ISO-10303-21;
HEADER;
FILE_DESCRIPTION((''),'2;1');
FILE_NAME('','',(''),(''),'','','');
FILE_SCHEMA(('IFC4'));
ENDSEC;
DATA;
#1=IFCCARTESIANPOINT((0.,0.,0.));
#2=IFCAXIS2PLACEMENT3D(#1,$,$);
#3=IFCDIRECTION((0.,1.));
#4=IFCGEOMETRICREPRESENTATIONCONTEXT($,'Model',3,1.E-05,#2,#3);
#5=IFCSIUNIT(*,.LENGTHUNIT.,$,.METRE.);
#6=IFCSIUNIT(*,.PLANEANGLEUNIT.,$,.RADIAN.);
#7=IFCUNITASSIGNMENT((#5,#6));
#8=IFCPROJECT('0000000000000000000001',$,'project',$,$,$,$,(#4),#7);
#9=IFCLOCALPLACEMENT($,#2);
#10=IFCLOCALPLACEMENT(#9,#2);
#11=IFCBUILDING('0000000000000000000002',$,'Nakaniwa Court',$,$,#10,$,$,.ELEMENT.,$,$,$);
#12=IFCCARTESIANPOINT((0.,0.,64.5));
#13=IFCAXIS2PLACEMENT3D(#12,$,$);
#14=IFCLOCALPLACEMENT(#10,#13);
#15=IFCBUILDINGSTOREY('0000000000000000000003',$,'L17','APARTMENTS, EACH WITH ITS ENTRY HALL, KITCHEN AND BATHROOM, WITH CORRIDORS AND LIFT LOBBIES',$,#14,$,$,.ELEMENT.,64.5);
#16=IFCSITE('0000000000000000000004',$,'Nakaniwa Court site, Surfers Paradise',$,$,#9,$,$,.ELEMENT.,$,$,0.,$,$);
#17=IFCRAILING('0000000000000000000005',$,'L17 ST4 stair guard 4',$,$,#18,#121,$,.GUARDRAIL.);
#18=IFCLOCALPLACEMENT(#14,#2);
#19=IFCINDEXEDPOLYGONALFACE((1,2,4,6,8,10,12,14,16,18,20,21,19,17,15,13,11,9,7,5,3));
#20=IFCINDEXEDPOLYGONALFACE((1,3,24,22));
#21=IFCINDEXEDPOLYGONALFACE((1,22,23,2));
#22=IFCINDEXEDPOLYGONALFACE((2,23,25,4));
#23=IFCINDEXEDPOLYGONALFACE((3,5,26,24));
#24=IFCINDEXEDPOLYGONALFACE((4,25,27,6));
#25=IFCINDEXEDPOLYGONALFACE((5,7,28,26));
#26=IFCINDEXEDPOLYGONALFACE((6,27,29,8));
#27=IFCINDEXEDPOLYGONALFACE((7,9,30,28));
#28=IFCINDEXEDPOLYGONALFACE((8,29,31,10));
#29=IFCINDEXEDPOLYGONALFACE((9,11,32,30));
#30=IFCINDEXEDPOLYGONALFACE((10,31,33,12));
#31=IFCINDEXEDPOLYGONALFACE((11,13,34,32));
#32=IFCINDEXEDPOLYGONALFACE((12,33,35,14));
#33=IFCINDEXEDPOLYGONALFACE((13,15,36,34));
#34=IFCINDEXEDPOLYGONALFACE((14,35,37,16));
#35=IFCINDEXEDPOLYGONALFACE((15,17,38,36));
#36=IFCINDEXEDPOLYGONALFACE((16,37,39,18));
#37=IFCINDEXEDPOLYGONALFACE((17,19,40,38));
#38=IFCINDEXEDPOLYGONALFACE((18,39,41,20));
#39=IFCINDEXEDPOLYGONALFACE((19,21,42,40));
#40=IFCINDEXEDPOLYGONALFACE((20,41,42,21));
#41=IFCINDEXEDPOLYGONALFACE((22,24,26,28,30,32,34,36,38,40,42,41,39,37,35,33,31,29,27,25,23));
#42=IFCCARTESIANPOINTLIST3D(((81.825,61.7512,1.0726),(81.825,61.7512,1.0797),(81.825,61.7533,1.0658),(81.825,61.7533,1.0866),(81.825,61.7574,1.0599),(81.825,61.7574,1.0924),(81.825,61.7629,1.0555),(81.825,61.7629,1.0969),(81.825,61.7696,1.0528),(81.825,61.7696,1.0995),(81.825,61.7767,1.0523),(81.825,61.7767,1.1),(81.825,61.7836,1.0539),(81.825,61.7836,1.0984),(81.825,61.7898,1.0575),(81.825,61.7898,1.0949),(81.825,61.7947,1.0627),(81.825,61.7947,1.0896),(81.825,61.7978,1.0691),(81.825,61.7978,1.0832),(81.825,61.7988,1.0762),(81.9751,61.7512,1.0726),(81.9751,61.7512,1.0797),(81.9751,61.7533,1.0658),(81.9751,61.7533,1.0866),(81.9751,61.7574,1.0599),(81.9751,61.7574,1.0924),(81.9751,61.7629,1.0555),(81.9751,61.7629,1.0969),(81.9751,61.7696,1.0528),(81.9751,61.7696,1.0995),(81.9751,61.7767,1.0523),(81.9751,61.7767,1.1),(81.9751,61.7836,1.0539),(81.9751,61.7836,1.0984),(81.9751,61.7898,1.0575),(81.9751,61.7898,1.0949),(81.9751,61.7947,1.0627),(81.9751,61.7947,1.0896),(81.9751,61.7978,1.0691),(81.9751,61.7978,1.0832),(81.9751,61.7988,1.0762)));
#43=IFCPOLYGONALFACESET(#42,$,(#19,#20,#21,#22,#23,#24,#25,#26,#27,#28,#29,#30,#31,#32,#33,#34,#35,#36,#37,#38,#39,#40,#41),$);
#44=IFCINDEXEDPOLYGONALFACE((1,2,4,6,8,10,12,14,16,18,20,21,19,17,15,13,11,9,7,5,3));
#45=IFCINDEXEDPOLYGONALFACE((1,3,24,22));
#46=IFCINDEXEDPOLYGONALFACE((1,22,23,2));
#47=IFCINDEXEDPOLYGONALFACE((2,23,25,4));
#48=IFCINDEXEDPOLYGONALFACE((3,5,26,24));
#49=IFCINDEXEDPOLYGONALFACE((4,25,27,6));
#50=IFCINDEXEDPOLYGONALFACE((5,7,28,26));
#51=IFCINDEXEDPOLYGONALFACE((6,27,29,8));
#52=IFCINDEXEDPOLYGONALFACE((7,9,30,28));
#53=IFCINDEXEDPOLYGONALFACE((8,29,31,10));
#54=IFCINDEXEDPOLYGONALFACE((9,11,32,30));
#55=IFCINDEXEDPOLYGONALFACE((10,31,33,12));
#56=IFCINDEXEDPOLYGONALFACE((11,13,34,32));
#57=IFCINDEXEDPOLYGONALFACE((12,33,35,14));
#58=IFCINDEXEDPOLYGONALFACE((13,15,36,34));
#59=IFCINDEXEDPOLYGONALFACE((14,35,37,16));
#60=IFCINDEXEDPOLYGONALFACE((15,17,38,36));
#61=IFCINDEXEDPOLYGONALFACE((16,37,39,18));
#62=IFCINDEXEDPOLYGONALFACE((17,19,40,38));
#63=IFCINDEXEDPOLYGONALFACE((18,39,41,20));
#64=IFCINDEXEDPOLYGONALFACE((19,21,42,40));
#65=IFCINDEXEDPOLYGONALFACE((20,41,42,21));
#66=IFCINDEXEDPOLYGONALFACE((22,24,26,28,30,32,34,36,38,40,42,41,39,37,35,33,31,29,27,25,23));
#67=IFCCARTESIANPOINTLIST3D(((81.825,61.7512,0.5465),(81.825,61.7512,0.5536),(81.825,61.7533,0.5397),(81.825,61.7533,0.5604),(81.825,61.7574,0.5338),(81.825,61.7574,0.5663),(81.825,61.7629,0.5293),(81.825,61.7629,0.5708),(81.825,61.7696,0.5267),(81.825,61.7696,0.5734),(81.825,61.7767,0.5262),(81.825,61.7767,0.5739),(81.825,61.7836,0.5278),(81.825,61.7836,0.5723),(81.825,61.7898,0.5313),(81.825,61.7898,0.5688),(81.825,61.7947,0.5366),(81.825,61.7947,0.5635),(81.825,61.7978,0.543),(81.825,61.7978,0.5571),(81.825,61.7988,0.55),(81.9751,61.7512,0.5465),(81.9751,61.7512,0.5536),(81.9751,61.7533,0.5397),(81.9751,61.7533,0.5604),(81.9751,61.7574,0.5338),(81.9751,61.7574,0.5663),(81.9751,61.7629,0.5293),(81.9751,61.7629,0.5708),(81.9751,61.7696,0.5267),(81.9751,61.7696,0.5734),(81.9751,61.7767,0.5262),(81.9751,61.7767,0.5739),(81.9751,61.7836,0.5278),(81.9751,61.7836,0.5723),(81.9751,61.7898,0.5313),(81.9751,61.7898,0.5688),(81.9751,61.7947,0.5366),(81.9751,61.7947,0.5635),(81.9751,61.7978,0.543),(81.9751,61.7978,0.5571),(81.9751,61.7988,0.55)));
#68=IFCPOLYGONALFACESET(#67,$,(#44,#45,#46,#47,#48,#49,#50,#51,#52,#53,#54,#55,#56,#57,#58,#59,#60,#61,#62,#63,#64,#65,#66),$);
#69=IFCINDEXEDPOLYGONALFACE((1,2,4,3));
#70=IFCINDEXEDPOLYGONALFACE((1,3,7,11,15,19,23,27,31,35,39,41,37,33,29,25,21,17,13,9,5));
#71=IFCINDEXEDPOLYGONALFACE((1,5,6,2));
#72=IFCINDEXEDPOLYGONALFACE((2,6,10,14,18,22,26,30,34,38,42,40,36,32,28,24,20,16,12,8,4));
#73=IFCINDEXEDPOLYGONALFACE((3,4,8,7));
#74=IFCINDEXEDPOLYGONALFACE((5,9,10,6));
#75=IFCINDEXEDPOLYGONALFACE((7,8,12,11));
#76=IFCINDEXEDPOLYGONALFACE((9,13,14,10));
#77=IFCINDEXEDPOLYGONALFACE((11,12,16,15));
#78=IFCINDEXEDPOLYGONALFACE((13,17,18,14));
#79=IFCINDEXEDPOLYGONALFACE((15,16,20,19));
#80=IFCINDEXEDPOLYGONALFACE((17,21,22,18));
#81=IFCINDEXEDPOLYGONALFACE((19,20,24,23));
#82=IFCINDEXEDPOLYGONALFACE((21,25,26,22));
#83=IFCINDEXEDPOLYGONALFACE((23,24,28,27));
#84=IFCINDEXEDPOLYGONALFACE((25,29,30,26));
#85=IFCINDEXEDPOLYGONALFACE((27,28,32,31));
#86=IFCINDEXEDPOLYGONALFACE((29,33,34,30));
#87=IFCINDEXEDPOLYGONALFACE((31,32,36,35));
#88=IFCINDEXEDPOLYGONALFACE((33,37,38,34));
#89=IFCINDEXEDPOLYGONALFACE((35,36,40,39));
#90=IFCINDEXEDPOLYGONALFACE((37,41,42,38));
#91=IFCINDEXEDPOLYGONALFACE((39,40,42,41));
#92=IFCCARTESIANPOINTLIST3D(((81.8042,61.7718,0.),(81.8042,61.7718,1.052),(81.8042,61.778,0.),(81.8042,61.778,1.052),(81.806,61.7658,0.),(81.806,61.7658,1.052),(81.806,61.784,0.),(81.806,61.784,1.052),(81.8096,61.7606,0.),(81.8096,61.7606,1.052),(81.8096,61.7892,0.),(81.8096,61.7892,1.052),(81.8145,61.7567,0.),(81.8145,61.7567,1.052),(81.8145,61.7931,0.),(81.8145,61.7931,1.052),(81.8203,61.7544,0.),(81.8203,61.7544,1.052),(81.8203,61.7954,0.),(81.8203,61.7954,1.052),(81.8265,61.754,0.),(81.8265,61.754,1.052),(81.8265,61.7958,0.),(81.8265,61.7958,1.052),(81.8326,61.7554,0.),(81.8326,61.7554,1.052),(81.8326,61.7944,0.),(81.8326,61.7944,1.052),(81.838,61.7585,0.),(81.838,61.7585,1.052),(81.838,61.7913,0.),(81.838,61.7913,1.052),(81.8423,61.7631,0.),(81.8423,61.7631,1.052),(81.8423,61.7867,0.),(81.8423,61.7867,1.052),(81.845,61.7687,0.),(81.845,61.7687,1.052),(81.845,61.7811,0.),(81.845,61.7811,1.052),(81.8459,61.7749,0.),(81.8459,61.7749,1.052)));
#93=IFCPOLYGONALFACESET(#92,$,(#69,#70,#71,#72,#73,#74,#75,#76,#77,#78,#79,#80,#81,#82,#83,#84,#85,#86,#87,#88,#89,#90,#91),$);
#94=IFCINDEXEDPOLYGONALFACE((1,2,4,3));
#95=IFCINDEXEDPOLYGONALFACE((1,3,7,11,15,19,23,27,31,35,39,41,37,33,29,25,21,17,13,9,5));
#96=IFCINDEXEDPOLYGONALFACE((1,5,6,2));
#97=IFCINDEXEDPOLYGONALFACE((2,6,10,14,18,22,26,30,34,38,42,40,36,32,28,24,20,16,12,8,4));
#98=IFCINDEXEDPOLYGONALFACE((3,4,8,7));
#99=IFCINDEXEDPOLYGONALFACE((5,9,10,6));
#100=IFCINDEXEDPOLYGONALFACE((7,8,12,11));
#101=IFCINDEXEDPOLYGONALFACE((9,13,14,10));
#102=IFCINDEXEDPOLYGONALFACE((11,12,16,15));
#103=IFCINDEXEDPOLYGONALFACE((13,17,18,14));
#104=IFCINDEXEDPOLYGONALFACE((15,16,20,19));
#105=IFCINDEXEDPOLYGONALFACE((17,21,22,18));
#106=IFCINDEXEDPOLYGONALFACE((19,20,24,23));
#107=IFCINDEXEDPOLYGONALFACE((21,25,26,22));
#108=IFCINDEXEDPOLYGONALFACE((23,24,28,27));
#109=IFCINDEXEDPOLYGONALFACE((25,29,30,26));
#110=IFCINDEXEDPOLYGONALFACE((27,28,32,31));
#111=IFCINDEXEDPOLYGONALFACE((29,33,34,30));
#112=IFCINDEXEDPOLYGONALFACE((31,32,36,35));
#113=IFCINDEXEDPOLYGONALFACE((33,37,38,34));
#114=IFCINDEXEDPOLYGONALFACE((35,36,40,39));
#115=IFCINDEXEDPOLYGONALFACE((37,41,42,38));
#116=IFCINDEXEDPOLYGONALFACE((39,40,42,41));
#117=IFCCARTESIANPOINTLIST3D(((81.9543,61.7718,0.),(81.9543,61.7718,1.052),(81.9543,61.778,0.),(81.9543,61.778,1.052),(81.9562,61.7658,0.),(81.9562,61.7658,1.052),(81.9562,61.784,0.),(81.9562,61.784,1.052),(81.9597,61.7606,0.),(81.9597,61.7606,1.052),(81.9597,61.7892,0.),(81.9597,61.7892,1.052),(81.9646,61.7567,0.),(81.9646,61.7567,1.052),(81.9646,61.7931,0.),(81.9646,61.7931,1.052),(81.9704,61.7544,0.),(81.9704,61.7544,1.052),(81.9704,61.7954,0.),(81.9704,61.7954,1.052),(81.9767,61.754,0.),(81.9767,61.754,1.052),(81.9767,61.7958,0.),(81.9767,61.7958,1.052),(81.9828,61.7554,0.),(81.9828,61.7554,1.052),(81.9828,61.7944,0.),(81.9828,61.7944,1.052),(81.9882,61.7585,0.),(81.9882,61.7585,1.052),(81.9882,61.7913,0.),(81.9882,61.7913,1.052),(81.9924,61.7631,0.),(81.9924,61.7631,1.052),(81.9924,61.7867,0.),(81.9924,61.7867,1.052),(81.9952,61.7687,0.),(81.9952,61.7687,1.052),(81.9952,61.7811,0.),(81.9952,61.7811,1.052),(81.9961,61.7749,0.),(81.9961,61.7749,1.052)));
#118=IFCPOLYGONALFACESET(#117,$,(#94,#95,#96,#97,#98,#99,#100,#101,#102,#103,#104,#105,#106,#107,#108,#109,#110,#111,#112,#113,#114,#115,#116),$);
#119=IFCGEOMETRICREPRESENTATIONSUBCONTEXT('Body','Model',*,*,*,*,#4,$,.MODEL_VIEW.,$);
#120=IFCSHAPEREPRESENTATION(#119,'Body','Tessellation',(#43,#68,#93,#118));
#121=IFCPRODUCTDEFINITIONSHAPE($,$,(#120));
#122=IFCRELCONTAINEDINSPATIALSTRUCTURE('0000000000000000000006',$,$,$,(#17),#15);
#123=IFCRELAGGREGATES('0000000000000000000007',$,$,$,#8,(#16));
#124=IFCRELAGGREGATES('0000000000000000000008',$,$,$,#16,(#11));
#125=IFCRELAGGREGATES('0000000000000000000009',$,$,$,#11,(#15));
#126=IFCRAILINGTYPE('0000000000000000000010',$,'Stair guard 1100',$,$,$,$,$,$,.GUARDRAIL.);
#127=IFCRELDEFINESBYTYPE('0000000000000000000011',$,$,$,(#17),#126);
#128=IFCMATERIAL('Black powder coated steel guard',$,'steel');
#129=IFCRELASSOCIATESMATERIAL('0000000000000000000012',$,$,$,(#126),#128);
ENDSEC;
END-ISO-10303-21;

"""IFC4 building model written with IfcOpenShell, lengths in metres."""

from ifc_helpers import new_model, si_unit, direction, frame, origin, origin_2d, place, context, subcontext, project, spatial, circle, extrude, material, type_object, element, save


model = new_model("IFC4")

# Units and contexts
model_context = context("Model", 3, precision=1e-05, world=origin(), true_north=direction((0.0, 1.0)))
body_context = subcontext(model_context, "Body", "Model", "MODEL_VIEW")
ifc_project = project(units=[si_unit("LENGTHUNIT", "METRE"), si_unit("PLANEANGLEUNIT", "RADIAN")], contexts=[model_context])

# Site, building, storey
site_placement = place(None, origin())
site = spatial("IfcSite", under=ifc_project, at=site_placement, Name="Nakaniwa Court site, Surfers Paradise", CompositionType="ELEMENT", RefElevation=0.0)
building_placement = place(site_placement, origin())
building = spatial("IfcBuilding", under=site, at=building_placement, Name="Nakaniwa Court", CompositionType="ELEMENT")
storey_placement = place(building_placement, frame((0.0, 0.0, 64.5)))
storey = spatial("IfcBuildingStorey", under=building, at=storey_placement, Name="L17", Description="APARTMENTS, EACH WITH ITS ENTRY HALL, KITCHEN AND BATHROOM, WITH CORRIDORS AND LIFT LOBBIES", CompositionType="ELEMENT", Elevation=64.5)

# Railing
ifc_material_1 = material(Name="Black powder coated steel guard", Category="steel")
railing_type_1 = type_object("IfcRailingType", Name="Stair guard 1100", PredefinedType="GUARDRAIL", material=ifc_material_1)
railing_1_placement = place(storey_placement, frame((81.825, 61.7749, 0.0)))
element("IfcRailing", 1, at=railing_1_placement, inside=storey, type_object=railing_type_1, Name="L17 ST4 stair guard 4", PredefinedType="GUARDRAIL", context=body_context, shape_type="SweptSolid", body=[
    extrude(circle(Radius=0.0239, at=origin_2d()), frame((0.0, 0.0, 1.0762), z_axis=(1.0, 0.0, 0.0), x_axis=(0.0, 1.0, 0.0)), (0.0, 0.0, 1.0), 0.1501),
    extrude(circle(Radius=0.0239, at=origin_2d()), frame((0.0, 0.0, 0.55), z_axis=(1.0, 0.0, 0.0), x_axis=(0.0, 1.0, 0.0)), (0.0, 0.0, 1.0), 0.1501),
    extrude(circle(Radius=0.021, at=origin_2d()), origin(), (0.0, 0.0, 1.0), 1.052),
    extrude(circle(Radius=0.021, at=origin_2d()), frame((0.1501, 0.0, 0.0)), (0.0, 0.0, 1.0), 1.052),
])

save(model, "model.ifc")
